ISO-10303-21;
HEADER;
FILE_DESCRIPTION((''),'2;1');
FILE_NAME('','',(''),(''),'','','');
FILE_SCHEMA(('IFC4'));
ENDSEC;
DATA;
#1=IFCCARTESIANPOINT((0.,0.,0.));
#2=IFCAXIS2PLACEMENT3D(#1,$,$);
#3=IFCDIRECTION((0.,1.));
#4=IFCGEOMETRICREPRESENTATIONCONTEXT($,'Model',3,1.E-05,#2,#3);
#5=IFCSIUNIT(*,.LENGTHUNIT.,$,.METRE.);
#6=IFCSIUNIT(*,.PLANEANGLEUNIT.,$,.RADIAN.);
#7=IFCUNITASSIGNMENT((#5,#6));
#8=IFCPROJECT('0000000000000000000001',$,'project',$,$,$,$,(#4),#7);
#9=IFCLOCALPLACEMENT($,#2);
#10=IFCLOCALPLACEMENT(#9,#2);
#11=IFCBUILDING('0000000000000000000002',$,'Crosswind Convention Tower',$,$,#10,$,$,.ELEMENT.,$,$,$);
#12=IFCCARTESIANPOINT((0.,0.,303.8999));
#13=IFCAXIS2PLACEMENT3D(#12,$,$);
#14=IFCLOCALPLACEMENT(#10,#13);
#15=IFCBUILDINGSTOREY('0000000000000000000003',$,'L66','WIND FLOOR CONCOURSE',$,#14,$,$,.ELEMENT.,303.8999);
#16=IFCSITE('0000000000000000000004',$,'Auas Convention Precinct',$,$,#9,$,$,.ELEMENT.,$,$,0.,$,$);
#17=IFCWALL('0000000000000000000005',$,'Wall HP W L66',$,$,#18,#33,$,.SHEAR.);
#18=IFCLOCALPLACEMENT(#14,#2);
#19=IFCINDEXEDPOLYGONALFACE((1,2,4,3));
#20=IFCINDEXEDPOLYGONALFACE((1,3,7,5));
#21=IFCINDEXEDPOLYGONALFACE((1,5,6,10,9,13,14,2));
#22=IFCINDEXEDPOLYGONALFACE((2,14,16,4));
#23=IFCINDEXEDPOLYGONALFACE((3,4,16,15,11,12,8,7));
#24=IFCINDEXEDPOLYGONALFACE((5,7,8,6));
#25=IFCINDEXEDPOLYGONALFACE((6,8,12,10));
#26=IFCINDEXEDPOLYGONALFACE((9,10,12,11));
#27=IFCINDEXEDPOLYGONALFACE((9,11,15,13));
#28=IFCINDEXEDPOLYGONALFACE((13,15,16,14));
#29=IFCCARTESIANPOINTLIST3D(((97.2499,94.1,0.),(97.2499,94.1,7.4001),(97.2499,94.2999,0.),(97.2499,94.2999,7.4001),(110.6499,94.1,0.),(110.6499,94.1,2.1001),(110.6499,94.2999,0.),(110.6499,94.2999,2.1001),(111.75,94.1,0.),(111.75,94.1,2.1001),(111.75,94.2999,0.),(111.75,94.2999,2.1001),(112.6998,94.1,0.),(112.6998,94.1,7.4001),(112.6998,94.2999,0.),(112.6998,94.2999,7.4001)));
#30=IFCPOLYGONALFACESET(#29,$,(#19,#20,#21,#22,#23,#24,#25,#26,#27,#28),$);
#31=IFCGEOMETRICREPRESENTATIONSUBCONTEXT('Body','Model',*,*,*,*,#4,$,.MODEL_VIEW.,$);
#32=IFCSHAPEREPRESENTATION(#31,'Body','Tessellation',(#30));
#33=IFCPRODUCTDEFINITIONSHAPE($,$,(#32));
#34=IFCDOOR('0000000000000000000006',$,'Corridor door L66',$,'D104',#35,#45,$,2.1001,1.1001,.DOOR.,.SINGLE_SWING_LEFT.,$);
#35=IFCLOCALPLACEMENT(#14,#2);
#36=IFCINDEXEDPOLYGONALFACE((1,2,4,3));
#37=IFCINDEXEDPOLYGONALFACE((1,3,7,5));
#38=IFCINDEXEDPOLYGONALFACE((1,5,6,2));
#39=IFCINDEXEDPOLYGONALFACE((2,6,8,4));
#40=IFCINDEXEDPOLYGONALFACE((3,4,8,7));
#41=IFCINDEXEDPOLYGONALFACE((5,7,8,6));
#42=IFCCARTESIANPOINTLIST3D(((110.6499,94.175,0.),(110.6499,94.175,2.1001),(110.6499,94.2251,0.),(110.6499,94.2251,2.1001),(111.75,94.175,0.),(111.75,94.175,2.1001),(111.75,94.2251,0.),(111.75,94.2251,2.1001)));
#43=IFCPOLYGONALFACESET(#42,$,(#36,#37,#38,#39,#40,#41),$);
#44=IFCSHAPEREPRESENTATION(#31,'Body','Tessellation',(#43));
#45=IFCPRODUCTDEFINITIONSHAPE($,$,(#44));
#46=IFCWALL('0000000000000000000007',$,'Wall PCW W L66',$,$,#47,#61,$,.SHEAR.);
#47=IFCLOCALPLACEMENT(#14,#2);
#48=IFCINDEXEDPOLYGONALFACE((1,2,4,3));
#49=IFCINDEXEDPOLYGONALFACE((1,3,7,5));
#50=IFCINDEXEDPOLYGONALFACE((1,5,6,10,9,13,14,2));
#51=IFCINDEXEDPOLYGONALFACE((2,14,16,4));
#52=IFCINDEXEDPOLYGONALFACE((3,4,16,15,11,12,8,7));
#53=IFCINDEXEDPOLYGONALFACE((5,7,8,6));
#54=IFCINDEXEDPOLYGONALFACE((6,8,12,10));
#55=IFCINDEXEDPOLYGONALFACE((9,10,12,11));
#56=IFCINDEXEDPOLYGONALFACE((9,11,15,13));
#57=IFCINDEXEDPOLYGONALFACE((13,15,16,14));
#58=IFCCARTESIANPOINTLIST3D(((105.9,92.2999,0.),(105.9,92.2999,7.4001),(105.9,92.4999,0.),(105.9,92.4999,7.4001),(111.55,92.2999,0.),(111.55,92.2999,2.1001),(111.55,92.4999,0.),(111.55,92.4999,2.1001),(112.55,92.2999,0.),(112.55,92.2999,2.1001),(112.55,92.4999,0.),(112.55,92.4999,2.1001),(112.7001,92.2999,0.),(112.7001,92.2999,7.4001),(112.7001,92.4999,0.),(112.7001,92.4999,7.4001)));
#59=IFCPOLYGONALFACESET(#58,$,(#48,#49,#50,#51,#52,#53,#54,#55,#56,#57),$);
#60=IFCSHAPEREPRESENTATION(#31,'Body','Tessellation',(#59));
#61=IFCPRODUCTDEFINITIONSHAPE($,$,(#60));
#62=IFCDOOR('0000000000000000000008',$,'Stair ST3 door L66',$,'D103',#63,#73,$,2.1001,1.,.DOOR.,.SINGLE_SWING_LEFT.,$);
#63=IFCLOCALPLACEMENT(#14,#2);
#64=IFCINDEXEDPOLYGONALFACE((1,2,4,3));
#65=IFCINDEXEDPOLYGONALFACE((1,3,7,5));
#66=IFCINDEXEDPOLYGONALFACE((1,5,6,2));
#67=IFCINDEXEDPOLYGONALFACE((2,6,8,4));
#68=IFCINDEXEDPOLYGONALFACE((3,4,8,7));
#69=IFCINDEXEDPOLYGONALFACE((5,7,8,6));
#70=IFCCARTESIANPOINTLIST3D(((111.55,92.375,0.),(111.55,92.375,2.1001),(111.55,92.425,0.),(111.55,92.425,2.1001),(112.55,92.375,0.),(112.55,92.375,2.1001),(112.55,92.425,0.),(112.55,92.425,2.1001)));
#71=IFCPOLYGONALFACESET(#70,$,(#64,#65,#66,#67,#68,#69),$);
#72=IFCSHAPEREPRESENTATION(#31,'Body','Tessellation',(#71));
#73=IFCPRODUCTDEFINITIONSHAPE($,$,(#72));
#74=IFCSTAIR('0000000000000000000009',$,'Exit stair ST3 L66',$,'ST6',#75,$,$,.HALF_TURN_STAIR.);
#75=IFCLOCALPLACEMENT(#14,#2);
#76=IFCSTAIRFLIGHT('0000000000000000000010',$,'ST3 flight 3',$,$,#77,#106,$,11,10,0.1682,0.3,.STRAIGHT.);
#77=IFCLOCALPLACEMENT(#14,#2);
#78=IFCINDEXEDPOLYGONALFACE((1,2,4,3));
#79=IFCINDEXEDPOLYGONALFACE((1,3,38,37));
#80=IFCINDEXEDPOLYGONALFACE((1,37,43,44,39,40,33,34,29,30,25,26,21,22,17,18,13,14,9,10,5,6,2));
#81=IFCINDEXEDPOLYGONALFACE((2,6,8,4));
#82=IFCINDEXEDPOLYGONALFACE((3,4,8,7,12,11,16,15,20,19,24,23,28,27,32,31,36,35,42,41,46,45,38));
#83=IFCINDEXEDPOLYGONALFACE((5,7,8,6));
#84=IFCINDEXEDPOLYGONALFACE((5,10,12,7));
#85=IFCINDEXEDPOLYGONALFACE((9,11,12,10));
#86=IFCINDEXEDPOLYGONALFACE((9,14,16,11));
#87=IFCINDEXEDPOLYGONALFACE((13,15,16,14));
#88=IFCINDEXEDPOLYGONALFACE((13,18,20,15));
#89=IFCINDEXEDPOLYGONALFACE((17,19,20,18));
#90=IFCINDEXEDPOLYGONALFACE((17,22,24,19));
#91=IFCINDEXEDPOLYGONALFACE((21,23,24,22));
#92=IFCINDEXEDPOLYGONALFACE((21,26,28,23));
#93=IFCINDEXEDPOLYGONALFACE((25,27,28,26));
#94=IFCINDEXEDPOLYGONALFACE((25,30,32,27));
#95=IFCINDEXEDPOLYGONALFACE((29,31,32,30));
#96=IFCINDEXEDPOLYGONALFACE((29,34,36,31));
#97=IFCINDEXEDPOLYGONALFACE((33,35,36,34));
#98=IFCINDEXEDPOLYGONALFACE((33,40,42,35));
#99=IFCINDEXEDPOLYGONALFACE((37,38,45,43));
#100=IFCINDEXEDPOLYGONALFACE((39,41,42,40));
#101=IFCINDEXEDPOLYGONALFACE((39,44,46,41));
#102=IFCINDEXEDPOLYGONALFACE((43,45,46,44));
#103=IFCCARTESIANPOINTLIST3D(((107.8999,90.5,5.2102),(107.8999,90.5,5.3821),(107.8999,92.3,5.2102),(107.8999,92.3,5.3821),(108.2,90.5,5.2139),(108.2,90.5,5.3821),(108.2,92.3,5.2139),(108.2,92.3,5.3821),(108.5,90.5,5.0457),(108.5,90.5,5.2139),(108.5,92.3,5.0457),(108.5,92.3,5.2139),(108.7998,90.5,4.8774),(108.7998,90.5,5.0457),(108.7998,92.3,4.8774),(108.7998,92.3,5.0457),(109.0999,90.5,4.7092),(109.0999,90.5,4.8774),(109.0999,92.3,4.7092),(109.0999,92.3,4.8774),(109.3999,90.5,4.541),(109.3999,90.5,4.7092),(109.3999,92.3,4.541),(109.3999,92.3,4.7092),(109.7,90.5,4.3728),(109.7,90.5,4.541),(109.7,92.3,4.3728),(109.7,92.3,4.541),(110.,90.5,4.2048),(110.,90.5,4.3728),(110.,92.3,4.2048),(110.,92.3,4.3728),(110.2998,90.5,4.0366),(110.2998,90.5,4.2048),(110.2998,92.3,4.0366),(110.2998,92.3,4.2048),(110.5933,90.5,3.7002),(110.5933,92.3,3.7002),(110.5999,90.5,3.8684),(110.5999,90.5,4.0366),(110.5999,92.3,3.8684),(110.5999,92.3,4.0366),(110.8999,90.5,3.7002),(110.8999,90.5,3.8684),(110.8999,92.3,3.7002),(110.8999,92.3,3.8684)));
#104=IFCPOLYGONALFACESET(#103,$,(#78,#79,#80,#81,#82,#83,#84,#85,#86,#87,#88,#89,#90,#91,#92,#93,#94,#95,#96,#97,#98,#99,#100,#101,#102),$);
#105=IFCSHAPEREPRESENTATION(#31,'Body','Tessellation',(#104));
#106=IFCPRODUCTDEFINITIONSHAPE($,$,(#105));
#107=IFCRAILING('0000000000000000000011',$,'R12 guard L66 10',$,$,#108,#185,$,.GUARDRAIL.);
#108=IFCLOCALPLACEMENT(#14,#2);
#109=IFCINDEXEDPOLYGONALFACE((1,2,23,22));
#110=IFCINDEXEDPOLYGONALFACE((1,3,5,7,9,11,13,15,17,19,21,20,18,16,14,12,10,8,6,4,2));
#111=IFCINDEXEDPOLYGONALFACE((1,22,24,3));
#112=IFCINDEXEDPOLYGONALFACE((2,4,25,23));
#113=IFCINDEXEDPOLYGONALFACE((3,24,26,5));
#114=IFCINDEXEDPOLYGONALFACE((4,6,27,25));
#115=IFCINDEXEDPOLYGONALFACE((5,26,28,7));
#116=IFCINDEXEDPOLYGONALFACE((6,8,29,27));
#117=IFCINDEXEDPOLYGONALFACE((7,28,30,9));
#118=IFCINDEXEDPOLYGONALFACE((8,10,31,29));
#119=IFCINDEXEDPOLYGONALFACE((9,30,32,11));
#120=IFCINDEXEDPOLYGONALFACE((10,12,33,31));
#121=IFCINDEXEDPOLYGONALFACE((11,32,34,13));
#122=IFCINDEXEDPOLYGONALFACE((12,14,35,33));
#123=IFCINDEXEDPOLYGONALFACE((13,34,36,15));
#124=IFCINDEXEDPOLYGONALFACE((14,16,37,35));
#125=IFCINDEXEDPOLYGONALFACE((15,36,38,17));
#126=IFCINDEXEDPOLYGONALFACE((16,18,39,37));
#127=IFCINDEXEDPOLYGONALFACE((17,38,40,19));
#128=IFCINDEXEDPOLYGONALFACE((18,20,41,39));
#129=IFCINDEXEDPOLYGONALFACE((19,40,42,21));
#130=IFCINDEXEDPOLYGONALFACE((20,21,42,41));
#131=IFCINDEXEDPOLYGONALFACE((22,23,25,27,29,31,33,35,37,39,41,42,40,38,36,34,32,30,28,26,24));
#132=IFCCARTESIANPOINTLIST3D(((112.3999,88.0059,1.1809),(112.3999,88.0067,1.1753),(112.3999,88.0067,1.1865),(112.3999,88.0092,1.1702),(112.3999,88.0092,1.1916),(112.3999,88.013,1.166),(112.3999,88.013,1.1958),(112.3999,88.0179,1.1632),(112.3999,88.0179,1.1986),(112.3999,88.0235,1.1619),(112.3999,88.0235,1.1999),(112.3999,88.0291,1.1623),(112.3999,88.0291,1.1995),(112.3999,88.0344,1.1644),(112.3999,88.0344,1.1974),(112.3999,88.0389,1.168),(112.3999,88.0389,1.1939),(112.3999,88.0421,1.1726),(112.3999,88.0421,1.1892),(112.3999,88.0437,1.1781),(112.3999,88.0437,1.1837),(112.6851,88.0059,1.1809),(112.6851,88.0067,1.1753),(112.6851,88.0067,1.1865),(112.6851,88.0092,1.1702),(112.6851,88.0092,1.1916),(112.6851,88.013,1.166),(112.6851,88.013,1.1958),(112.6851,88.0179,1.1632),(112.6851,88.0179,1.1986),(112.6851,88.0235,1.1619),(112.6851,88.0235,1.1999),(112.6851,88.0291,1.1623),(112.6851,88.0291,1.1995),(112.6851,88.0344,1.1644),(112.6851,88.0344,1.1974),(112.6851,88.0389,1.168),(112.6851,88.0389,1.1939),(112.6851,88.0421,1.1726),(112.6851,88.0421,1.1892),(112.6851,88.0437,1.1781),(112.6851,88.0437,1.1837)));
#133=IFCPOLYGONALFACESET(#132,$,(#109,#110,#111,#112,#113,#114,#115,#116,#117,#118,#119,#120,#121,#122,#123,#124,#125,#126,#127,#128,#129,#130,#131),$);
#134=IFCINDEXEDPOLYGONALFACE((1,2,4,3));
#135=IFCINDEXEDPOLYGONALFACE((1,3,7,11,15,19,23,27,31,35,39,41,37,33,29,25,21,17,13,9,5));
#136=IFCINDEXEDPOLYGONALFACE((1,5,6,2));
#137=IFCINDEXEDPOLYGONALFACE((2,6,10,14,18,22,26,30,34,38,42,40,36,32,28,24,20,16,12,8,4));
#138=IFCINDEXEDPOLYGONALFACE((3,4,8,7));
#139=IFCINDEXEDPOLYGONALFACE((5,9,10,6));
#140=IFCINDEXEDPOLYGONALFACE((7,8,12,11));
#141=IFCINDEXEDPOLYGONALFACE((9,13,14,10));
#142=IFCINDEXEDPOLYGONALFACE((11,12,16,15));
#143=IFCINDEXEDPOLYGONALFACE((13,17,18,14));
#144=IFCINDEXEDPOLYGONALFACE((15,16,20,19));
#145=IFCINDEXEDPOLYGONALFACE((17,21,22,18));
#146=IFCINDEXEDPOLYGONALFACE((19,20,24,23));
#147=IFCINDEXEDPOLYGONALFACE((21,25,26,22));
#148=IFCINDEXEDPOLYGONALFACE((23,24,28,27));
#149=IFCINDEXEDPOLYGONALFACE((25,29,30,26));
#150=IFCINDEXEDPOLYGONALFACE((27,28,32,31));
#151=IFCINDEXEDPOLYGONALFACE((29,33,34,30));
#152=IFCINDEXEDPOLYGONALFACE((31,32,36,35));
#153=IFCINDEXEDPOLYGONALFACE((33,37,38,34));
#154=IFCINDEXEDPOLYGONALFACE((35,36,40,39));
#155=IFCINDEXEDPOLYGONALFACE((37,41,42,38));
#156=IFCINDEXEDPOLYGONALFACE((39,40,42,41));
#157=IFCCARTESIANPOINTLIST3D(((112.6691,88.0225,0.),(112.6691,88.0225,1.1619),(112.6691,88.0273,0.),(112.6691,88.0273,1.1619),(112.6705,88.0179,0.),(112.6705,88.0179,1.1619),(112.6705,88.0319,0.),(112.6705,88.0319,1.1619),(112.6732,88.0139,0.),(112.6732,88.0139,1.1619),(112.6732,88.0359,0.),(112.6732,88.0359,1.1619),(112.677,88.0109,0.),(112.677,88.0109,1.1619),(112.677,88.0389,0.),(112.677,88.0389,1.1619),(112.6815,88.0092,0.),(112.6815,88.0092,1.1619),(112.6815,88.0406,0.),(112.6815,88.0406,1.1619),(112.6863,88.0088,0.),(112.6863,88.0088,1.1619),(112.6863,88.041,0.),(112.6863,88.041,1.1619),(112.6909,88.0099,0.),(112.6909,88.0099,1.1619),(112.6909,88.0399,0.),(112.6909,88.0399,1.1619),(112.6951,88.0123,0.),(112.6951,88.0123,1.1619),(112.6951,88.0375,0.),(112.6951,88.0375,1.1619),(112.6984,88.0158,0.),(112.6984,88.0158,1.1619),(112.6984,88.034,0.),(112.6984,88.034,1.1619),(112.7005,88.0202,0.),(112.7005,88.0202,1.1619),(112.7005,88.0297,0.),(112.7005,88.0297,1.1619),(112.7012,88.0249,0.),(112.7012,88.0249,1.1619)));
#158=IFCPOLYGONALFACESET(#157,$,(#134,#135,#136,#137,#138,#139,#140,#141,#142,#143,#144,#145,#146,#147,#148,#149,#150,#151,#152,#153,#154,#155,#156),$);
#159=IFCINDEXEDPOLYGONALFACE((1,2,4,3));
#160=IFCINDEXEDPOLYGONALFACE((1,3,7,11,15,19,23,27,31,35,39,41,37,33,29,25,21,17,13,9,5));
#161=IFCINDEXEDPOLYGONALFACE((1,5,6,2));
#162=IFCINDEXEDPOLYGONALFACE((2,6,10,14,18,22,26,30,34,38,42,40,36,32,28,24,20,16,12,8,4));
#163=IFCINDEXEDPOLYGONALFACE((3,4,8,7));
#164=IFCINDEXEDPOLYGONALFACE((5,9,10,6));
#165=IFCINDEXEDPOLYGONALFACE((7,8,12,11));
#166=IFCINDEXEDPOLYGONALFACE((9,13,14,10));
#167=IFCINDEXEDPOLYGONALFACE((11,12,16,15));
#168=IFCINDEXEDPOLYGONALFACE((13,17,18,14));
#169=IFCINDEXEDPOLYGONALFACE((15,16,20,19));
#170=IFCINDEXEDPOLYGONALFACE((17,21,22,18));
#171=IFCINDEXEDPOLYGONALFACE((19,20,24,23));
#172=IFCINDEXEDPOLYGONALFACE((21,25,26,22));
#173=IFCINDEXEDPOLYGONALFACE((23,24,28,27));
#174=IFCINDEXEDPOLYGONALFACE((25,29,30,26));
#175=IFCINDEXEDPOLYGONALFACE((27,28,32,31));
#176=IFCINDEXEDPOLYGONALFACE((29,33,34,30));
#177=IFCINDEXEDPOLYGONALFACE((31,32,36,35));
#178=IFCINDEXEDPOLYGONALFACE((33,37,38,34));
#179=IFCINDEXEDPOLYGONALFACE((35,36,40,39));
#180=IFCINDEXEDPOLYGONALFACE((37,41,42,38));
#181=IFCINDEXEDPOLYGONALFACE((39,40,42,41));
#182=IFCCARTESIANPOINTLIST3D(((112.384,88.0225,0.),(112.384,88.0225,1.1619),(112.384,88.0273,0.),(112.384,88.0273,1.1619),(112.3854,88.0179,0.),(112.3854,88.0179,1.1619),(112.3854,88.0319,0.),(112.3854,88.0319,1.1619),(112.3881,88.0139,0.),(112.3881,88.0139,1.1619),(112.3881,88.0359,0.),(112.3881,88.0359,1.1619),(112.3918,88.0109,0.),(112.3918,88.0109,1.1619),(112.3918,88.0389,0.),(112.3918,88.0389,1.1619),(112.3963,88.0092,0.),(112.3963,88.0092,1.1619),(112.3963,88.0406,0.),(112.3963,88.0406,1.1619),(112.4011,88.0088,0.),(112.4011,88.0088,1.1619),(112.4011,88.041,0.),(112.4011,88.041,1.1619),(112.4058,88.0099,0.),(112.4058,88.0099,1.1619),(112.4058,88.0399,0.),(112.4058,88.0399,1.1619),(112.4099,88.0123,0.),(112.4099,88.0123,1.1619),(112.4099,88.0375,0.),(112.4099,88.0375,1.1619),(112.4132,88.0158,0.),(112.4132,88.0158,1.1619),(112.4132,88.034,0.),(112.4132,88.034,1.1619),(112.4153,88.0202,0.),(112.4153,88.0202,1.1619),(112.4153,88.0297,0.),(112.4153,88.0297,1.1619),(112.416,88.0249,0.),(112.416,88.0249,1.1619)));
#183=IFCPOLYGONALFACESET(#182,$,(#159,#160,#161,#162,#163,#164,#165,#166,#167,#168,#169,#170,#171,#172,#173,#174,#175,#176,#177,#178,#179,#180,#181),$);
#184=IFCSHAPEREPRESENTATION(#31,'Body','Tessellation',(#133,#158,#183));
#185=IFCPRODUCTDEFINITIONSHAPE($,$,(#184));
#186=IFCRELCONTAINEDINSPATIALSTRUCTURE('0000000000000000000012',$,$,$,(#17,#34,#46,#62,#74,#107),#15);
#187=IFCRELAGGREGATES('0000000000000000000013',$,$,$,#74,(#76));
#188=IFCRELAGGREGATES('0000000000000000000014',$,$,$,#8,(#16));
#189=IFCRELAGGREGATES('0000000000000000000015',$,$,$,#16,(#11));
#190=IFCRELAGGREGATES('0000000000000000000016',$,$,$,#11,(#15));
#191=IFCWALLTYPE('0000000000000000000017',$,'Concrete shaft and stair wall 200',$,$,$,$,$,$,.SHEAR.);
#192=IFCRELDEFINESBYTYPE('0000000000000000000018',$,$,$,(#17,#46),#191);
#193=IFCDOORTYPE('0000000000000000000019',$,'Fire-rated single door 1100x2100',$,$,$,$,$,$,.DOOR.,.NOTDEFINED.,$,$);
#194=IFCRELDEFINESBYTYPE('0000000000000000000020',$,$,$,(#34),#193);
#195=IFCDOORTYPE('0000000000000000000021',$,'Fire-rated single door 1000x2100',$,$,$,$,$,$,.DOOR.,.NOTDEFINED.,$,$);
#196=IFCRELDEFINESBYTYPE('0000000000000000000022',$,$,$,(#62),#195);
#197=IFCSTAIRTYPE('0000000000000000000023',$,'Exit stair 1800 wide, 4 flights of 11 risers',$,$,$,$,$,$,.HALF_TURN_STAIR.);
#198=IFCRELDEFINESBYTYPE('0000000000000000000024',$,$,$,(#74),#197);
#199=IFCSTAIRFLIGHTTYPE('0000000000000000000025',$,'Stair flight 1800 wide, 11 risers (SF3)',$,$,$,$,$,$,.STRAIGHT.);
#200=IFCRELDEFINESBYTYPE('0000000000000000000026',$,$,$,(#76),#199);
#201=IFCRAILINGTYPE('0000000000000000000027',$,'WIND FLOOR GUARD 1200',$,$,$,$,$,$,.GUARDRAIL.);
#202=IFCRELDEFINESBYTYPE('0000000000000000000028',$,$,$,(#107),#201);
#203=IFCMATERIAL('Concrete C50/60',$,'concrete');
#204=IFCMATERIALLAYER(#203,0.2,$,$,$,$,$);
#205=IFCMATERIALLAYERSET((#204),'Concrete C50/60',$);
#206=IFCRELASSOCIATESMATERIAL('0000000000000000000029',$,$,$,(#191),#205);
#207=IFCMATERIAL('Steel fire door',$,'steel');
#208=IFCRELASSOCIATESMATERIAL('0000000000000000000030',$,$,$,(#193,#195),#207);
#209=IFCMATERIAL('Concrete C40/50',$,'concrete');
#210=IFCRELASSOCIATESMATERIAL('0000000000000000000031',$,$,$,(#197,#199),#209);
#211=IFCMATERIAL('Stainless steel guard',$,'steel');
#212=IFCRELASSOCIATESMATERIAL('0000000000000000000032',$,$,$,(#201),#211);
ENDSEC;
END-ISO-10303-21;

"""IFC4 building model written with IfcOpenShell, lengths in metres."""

from ifc_helpers import new_model, si_unit, direction, frame, frame_2d, origin, origin_2d, place, context, subcontext, project, spatial, polyline, rectangle, circle, outline, extrude, material, layer, layer_set, type_object, element, fill, aggregate, save


model = new_model("IFC4")

# Units and contexts
model_context = context("Model", 3, precision=1e-05, world=origin(), true_north=direction((0.0, 1.0)))
body_context = subcontext(model_context, "Body", "Model", "MODEL_VIEW")
ifc_project = project(units=[si_unit("LENGTHUNIT", "METRE"), si_unit("PLANEANGLEUNIT", "RADIAN")], contexts=[model_context])

# Site, building, storey
site_placement = place(None, origin())
site = spatial("IfcSite", under=ifc_project, at=site_placement, Name="Auas Convention Precinct", CompositionType="ELEMENT", RefElevation=0.0)
building_placement = place(site_placement, origin())
building = spatial("IfcBuilding", under=site, at=building_placement, Name="Crosswind Convention Tower", CompositionType="ELEMENT")
storey_placement = place(building_placement, frame((0.0, 0.0, 303.8999)))
storey = spatial("IfcBuildingStorey", under=building, at=storey_placement, Name="L66", Description="WIND FLOOR CONCOURSE", CompositionType="ELEMENT", Elevation=303.8999)

# Shared definitions
ifc_material_1 = material(Name="Concrete C50/60", Category="concrete")

# Walls, openings, doors
ifc_layer_1 = layer(ifc_material_1, 0.2)
ifc_layer_set_1 = layer_set([ifc_layer_1], Name="Concrete C50/60")
wall_type_1 = type_object("IfcWallType", Name="Concrete shaft and stair wall 200", PredefinedType="SHEAR", material=ifc_layer_set_1)
wall_1_placement = place(storey_placement, frame((112.7, 94.2, 0.0), z_axis=(0.0, 0.0, 1.0), x_axis=(-1.0, 0.0, 0.0)))
wall_1 = element("IfcWall", 1, at=wall_1_placement, inside=storey, type_object=wall_type_1, Name="Wall HP W L66", PredefinedType="SHEAR", context=body_context, shape_type="SweptSolid", body=[
    extrude(rectangle(XDim=15.45, YDim=0.2, at=frame_2d((7.7251, 0.0))), origin(), (0.0, 0.0, 1.0), 7.4001),
])
opening_1_placement = place(wall_1_placement, frame((0.95, 0.0, 0.0)))
opening_1 = element("IfcOpeningElement", 2, at=opening_1_placement, cuts=wall_1, PredefinedType="OPENING", context=body_context, shape_type="SweptSolid", body=[
    extrude(rectangle(XDim=1.1001, YDim=2.1001, at=frame_2d((0.55, 1.05))), frame((0.0, 0.1099, 0.0), z_axis=(0.0, -1.0, 0.0), x_axis=(1.0, 0.0, 0.0)), (0.0, 0.0, 1.0), 0.22),
])
ifc_material_2 = material(Name="Steel fire door", Category="steel")
door_type_1 = type_object("IfcDoorType", Name="Fire-rated single door 1100x2100", OperationType="NOTDEFINED", PredefinedType="DOOR", material=ifc_material_2)
door_1_placement = place(opening_1_placement, origin())
door_1 = element("IfcDoor", 3, at=door_1_placement, inside=storey, type_object=door_type_1, Name="Corridor door L66", ObjectType="D104", OperationType="SINGLE_SWING_LEFT", OverallHeight=2.1001, OverallWidth=1.1001, PredefinedType="DOOR", context=body_context, shape_type="SweptSolid", body=[
    extrude(rectangle(XDim=1.1001, YDim=2.1001, at=frame_2d((0.55, 1.05))), frame((0.0, 0.0249, 0.0), z_axis=(0.0, -1.0, 0.0), x_axis=(1.0, 0.0, 0.0)), (0.0, 0.0, 1.0), 0.05),
])
fill(opening_1, door_1)
wall_2_placement = place(storey_placement, frame((112.7, 92.3999, 0.0), z_axis=(0.0, 0.0, 1.0), x_axis=(-1.0, 0.0, 0.0)))
wall_2 = element("IfcWall", 4, at=wall_2_placement, inside=storey, type_object=wall_type_1, Name="Wall PCW W L66", PredefinedType="SHEAR", context=body_context, shape_type="SweptSolid", body=[
    extrude(rectangle(XDim=6.8, YDim=0.2, at=frame_2d((3.3999, 0.0))), origin(), (0.0, 0.0, 1.0), 7.4001),
])
opening_2_placement = place(wall_2_placement, frame((0.1499, 0.0, 0.0)))
opening_2 = element("IfcOpeningElement", 5, at=opening_2_placement, cuts=wall_2, PredefinedType="OPENING", context=body_context, shape_type="SweptSolid", body=[
    extrude(rectangle(XDim=1.0, YDim=2.1001, at=frame_2d((0.5, 1.05))), frame((0.0, 0.1099, 0.0), z_axis=(0.0, -1.0, 0.0), x_axis=(1.0, 0.0, 0.0)), (0.0, 0.0, 1.0), 0.22),
])
door_type_2 = type_object("IfcDoorType", Name="Fire-rated single door 1000x2100", OperationType="NOTDEFINED", PredefinedType="DOOR", material=ifc_material_2)
door_2_placement = place(opening_2_placement, origin())
door_2 = element("IfcDoor", 6, at=door_2_placement, inside=storey, type_object=door_type_2, Name="Stair ST3 door L66", ObjectType="D103", OperationType="SINGLE_SWING_LEFT", OverallHeight=2.1001, OverallWidth=1.0, PredefinedType="DOOR", context=body_context, shape_type="SweptSolid", body=[
    extrude(rectangle(XDim=1.0, YDim=2.1001, at=frame_2d((0.5, 1.05))), frame((0.0, 0.0249, 0.0), z_axis=(0.0, -1.0, 0.0), x_axis=(1.0, 0.0, 0.0)), (0.0, 0.0, 1.0), 0.05),
])
fill(opening_2, door_2)

# Stair, stair flight
ifc_material_3 = material(Name="Concrete C40/50", Category="concrete")
stair_type = type_object("IfcStairType", Name="Exit stair 1800 wide, 4 flights of 11 risers", PredefinedType="HALF_TURN_STAIR", material=ifc_material_3)
stair_placement = place(storey_placement, origin())
stair = element("IfcStair", 7, at=stair_placement, inside=storey, type_object=stair_type, Name="Exit stair ST3 L66", ObjectType="ST6", PredefinedType="HALF_TURN_STAIR")
stair_flight_type = type_object("IfcStairFlightType", Name="Stair flight 1800 wide, 11 risers (SF3)", PredefinedType="STRAIGHT", material=ifc_material_3)
stair_flight_placement = place(storey_placement, frame((110.8999, 91.3999, 3.7002), z_axis=(0.0, 0.0, 1.0), x_axis=(-1.0, 0.0, 0.0)))
stair_flight = element("IfcStairFlight", 8, at=stair_flight_placement, type_object=stair_flight_type, Name="ST3 flight 3", NumberOfRisers=11, NumberOfTreads=10, PredefinedType="STRAIGHT", RiserHeight=0.1682, TreadLength=0.3, context=body_context, shape_type="SweptSolid", body=[
    extrude(outline(polyline([(0.0, 0.0), (0.0, 0.1682), (0.3, 0.1682), (0.3, 0.3364), (0.6001, 0.3364), (0.6001, 0.5046), (0.8999, 0.5046), (0.8999, 0.6726), (1.2, 0.6726), (1.2, 0.8408), (1.5, 0.8408), (1.5, 1.009), (1.8, 1.009), (1.8, 1.1772), (2.1001, 1.1772), (2.1001, 1.3455), (2.3999, 1.3455), (2.3999, 1.5137), (2.7, 1.5137), (2.7, 1.6819), (3.0, 1.6819), (3.0, 1.8501), (3.0, 1.51), (0.3066, 0.0), (0.0, 0.0)])), frame((0.0, 0.8999, 0.0), z_axis=(0.0, -1.0, 0.0), x_axis=(1.0, 0.0, 0.0)), (0.0, 0.0, 1.0), 1.8),
])
aggregate(stair, [stair_flight])

# Railing
ifc_material_4 = material(Name="Stainless steel guard", Category="steel")
railing_type = type_object("IfcRailingType", Name="WIND FLOOR GUARD 1200", PredefinedType="GUARDRAIL", material=ifc_material_4)
railing_1_placement = place(storey_placement, frame((112.6851, 88.0249, 0.0)))
element("IfcRailing", 9, at=railing_1_placement, inside=storey, type_object=railing_type, Name="R12 guard L66 10", PredefinedType="GUARDRAIL", context=body_context, shape_type="SweptSolid", body=[
    extrude(circle(Radius=0.019, at=origin_2d()), frame((0.0, 0.0, 1.1809), z_axis=(-1.0, 0.0, 0.0), x_axis=(0.0, -1.0, 0.0)), (0.0, 0.0, 1.0), 0.2852),
    extrude(circle(Radius=0.0161, at=origin_2d()), origin(), (0.0, 0.0, 1.0), 1.1619),
    extrude(circle(Radius=0.0161, at=origin_2d()), frame((-0.2852, 0.0, 0.0)), (0.0, 0.0, 1.0), 1.1619),
])

save(model, "model.ifc")
